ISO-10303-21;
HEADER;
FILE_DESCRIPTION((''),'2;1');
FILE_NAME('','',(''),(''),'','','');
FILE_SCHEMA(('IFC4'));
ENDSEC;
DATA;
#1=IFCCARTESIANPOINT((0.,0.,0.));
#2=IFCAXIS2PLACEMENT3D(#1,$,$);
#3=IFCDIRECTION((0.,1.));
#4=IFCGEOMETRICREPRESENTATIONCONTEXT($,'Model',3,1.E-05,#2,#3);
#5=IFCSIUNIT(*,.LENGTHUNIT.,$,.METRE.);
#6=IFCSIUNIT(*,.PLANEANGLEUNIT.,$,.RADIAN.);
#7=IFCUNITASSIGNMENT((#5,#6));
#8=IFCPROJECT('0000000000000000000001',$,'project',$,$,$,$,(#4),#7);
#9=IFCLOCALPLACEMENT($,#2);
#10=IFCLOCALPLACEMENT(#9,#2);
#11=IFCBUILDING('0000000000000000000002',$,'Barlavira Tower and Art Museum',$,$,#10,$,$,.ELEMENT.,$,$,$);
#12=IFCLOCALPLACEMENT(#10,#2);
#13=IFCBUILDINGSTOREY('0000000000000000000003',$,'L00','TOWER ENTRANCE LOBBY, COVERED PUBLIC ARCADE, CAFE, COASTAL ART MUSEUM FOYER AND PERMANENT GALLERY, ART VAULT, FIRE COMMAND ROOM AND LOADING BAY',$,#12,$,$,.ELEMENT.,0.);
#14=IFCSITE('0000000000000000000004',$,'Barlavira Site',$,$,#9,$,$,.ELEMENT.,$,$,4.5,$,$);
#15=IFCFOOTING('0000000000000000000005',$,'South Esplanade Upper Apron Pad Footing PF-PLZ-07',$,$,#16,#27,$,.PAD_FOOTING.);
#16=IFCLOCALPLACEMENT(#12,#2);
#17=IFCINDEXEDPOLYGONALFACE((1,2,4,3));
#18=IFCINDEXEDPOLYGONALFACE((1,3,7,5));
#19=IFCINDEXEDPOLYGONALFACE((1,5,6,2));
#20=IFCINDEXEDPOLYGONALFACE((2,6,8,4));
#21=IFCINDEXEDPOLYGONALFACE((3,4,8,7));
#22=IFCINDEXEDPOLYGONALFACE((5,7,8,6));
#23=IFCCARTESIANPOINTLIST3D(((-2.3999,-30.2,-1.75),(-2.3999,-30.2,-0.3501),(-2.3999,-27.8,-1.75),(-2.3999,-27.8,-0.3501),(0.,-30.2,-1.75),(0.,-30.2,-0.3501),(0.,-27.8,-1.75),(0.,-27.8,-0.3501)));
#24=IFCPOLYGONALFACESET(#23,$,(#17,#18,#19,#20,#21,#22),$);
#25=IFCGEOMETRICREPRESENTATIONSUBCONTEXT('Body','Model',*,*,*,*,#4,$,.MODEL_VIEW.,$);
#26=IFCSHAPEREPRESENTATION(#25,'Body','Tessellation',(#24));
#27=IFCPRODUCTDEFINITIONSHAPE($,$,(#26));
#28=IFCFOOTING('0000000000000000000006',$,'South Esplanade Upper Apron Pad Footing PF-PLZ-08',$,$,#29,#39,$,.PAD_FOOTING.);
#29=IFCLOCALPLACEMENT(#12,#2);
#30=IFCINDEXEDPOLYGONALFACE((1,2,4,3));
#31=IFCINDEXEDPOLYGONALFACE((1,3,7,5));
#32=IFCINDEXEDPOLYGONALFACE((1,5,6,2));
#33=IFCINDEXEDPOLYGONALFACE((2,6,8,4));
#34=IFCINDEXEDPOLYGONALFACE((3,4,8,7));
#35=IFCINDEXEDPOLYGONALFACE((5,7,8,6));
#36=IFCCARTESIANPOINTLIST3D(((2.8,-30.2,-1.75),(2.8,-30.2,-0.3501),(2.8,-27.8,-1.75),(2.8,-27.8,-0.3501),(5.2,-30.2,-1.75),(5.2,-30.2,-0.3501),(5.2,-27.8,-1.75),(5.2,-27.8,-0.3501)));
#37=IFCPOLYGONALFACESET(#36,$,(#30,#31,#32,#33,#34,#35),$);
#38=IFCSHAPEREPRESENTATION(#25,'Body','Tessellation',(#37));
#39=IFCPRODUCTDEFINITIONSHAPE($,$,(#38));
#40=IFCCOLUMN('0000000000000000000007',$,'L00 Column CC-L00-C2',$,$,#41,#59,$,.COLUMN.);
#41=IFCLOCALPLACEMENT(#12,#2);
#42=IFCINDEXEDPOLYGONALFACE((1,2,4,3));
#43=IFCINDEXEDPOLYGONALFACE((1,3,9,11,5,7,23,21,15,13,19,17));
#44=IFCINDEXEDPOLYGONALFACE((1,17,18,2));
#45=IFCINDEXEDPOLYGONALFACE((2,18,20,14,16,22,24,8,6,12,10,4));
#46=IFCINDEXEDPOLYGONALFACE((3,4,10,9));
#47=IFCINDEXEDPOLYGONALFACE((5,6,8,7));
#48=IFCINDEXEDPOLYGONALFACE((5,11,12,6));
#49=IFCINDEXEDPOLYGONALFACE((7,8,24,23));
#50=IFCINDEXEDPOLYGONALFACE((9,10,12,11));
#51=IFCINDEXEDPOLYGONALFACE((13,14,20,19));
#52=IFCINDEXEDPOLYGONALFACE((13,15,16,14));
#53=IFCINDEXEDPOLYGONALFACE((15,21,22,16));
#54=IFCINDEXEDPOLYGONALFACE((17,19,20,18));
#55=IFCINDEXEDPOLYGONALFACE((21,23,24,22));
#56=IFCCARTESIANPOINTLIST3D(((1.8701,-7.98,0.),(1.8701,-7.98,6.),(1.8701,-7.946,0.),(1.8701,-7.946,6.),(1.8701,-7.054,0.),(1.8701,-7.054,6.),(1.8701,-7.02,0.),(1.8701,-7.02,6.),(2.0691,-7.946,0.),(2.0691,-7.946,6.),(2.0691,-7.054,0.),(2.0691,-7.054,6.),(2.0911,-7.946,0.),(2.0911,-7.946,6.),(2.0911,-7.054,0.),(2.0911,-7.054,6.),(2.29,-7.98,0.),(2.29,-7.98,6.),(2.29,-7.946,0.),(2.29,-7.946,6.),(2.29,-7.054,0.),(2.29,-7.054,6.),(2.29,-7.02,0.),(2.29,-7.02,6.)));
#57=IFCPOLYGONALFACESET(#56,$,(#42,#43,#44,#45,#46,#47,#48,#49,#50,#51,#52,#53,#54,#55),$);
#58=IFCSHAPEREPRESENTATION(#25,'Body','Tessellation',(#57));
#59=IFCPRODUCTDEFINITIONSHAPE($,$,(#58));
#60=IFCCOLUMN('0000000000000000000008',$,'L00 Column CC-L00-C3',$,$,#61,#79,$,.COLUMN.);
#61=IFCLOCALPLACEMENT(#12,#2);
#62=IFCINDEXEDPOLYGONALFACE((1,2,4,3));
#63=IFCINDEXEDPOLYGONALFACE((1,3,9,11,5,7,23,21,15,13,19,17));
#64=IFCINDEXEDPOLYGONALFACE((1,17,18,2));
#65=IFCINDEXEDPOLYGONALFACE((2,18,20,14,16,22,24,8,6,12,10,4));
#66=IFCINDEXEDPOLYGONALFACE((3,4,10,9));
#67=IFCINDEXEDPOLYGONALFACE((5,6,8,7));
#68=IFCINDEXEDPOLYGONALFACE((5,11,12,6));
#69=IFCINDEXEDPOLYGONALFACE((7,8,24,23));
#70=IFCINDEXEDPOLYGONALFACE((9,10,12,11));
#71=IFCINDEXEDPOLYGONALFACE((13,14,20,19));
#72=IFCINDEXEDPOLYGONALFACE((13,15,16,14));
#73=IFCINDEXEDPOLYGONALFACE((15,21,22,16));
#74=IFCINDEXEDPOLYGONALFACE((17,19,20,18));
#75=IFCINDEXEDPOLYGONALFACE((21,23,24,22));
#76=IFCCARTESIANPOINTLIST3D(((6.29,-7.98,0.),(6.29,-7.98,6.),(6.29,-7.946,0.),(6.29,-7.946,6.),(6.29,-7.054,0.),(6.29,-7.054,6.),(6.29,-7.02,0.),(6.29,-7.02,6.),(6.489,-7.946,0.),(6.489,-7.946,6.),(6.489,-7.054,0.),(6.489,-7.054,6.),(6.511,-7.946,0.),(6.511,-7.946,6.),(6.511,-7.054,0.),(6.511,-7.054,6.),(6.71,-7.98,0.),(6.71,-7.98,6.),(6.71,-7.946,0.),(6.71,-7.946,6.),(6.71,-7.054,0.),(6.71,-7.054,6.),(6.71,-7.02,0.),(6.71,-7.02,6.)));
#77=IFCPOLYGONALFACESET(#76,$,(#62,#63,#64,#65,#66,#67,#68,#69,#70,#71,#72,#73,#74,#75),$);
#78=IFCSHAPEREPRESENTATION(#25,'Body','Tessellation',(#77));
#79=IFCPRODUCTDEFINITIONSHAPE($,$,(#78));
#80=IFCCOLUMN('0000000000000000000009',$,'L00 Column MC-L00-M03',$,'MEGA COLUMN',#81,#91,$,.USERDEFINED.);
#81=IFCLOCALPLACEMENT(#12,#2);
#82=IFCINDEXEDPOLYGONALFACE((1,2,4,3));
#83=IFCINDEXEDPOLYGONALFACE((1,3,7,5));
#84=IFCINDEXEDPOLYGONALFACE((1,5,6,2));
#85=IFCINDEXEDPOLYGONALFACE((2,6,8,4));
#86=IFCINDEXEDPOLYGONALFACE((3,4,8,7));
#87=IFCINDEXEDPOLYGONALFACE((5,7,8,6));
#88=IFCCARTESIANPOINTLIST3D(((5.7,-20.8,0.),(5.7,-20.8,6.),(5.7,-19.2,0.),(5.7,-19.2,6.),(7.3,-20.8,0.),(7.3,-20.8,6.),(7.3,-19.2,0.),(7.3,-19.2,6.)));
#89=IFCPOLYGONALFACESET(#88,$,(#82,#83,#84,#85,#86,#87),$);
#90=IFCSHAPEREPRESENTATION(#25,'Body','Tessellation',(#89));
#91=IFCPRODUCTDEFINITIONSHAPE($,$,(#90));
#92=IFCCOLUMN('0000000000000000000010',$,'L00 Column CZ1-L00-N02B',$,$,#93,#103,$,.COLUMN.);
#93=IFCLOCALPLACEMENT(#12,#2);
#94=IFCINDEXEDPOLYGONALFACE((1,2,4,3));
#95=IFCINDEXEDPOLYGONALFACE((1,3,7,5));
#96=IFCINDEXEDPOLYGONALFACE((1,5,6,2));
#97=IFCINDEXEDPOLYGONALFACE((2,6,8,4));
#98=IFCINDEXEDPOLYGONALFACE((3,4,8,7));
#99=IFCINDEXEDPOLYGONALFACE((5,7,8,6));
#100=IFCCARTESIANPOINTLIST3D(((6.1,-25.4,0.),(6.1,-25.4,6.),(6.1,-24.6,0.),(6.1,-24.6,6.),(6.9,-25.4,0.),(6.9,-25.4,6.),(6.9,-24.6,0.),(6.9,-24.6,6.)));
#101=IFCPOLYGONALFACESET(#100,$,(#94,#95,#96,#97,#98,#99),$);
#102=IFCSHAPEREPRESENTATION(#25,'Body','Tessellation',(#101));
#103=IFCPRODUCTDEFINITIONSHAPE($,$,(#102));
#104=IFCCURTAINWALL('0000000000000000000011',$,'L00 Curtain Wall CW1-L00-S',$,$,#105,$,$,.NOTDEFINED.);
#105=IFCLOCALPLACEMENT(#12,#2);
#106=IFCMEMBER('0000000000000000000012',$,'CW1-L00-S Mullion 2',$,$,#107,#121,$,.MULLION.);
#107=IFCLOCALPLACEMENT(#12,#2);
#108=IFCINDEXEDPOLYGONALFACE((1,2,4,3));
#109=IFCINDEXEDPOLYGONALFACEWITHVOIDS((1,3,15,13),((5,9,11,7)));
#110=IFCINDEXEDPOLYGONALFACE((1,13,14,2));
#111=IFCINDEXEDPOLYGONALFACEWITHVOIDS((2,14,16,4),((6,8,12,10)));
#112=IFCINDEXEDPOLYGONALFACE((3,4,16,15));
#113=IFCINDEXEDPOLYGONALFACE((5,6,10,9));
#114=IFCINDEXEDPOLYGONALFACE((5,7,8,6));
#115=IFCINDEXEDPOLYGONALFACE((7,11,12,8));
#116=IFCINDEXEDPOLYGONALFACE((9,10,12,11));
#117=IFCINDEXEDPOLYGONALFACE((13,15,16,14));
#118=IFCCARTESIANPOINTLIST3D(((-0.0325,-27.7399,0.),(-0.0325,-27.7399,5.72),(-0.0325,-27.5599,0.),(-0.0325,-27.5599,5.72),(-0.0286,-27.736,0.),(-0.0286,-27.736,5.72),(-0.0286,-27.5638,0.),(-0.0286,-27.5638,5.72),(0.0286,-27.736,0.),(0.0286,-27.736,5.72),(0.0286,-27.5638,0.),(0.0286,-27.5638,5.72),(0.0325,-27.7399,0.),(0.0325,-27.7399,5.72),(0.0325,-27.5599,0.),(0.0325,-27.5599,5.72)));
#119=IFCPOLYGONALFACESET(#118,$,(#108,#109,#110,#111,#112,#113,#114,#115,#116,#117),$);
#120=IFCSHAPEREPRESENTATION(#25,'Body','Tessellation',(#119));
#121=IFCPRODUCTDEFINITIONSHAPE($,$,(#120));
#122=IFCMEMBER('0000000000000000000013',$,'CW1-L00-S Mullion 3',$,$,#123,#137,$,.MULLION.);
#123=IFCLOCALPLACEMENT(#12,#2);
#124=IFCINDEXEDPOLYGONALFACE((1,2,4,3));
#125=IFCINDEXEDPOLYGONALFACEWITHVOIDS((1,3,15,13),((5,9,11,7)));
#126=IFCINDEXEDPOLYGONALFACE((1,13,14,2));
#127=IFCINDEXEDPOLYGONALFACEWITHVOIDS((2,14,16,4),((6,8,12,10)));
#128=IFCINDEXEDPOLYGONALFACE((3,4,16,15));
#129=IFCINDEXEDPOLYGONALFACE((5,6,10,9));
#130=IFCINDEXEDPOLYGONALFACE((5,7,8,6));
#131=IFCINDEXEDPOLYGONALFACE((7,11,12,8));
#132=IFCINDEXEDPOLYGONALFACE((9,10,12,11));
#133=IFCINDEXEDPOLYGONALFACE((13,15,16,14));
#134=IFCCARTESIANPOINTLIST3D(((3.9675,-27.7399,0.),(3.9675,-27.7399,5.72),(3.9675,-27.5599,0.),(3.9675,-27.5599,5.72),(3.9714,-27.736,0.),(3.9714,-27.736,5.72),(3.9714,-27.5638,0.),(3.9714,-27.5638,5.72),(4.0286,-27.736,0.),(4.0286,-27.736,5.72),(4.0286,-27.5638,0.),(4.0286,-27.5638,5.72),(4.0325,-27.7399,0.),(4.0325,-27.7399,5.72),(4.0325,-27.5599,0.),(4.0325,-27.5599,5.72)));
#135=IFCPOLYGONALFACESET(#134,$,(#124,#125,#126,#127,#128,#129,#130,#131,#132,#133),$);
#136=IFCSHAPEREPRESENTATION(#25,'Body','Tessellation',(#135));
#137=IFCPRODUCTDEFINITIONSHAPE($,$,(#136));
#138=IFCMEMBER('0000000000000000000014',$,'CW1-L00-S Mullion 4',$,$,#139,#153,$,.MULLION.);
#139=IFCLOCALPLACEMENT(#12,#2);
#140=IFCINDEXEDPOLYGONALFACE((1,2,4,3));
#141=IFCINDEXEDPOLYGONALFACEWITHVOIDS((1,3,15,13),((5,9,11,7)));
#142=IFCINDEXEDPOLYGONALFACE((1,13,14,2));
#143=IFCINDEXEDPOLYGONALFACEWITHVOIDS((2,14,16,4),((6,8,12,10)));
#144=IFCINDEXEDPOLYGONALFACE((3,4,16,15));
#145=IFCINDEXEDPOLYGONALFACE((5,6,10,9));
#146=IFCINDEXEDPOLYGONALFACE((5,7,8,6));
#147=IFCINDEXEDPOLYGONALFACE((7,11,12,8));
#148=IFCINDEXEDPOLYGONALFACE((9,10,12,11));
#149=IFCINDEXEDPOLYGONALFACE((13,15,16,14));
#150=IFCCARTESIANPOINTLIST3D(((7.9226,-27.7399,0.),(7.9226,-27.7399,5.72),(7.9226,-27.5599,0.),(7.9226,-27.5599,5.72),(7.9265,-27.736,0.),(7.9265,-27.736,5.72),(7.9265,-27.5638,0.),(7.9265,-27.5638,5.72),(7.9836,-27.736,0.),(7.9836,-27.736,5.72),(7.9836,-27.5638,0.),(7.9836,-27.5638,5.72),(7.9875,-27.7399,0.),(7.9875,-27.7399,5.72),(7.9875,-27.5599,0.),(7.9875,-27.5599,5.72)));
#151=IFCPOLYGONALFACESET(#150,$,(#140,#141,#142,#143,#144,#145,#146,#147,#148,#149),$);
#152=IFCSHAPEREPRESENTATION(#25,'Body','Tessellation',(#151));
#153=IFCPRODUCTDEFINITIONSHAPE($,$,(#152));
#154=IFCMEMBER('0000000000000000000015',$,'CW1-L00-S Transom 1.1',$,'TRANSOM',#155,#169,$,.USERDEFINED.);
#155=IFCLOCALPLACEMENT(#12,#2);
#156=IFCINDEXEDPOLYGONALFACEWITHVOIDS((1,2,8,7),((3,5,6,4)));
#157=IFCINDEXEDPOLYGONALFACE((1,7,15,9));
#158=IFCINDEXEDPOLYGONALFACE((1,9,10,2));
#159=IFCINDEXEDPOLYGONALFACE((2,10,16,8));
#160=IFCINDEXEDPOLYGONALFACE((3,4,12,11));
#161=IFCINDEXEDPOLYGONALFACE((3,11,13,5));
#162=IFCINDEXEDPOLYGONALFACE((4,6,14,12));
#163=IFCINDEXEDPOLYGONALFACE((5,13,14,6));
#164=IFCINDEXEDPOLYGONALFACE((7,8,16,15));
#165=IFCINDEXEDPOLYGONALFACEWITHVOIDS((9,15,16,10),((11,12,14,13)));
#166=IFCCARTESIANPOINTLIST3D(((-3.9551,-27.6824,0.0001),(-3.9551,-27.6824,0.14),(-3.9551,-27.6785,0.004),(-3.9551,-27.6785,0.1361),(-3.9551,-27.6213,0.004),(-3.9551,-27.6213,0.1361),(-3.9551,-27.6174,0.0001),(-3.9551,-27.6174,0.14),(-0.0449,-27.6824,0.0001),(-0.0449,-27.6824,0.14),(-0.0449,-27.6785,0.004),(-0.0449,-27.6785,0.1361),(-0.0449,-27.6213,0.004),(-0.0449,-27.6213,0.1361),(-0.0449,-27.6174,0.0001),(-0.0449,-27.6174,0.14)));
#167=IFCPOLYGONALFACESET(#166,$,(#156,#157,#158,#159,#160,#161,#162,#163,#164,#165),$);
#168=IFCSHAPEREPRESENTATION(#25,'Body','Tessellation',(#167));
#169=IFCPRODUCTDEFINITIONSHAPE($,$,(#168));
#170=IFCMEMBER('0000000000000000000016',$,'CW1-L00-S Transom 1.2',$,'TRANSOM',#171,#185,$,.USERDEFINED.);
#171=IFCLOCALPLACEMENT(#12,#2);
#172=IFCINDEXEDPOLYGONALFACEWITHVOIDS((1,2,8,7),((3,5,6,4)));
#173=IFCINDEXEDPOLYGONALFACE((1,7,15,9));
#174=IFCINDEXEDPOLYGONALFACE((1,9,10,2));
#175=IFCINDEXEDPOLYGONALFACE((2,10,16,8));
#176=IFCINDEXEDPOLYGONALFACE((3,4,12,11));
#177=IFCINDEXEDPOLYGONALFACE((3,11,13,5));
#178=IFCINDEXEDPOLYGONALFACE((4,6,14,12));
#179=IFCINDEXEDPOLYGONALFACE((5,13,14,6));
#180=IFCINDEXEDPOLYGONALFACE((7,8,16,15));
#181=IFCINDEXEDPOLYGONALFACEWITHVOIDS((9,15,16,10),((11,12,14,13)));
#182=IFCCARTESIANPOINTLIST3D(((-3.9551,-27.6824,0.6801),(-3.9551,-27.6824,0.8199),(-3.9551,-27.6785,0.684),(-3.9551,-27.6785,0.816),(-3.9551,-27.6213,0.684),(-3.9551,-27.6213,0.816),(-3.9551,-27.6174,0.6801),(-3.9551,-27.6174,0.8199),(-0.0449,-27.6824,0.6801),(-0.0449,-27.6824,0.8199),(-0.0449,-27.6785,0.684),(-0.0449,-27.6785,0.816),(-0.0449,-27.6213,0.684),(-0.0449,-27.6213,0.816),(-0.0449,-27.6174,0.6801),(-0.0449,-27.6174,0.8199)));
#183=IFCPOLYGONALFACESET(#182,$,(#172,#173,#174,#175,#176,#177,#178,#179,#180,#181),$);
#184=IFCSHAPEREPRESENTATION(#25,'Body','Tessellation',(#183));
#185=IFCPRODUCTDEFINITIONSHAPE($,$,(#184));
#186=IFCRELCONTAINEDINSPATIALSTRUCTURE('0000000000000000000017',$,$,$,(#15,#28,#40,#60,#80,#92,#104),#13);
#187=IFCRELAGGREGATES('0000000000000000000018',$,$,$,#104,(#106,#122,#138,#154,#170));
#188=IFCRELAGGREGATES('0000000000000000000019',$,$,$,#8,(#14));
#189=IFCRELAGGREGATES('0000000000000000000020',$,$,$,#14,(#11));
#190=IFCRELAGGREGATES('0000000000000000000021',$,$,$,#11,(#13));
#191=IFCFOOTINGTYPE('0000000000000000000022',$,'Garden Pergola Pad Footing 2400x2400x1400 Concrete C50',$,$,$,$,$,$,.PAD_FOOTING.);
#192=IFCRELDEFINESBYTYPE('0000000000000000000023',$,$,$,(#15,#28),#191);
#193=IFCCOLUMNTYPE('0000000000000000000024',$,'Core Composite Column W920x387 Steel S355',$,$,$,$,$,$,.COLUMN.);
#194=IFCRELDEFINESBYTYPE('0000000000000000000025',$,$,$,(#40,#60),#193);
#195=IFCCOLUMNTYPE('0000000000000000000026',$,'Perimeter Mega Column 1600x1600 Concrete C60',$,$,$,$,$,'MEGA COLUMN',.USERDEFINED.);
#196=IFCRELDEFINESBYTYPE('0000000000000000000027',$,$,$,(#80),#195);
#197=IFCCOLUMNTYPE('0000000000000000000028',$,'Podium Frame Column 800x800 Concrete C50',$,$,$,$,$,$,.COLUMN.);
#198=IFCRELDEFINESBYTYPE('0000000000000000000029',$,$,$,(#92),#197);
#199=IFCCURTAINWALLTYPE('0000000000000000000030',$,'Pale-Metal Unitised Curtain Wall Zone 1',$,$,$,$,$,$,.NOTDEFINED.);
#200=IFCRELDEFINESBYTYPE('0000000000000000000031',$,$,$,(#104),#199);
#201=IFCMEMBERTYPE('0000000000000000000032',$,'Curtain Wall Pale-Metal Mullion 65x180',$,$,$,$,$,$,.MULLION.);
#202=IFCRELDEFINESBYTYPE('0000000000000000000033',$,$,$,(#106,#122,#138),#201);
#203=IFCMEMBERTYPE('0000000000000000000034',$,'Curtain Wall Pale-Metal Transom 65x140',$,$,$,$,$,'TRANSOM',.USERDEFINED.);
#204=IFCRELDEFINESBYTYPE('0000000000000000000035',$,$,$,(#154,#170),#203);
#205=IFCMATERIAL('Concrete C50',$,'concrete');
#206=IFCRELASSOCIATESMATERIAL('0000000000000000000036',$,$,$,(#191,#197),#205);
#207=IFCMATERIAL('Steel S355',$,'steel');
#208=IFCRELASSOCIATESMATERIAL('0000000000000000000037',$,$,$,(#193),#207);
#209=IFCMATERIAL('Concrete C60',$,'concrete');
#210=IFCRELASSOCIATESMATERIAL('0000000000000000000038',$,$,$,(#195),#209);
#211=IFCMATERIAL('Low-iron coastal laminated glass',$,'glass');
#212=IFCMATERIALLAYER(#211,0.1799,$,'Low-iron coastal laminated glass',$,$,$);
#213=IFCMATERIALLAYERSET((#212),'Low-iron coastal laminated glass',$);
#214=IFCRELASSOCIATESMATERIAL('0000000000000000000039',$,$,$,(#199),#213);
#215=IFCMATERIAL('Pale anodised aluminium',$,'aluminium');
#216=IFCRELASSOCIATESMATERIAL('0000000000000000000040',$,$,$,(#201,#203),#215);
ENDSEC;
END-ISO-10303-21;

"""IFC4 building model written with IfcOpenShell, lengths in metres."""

from ifc_helpers import new_model, si_unit, direction, frame, origin, origin_2d, place, context, subcontext, project, spatial, rectangle, hollow_rectangle, i_section, extrude, material, layer, layer_set, material_profile, profile_set, type_object, element, aggregate, save


model = new_model("IFC4")

# Units and contexts
model_context = context("Model", 3, precision=1e-05, world=origin(), true_north=direction((0.0, 1.0)))
body_context = subcontext(model_context, "Body", "Model", "MODEL_VIEW")
ifc_project = project(units=[si_unit("LENGTHUNIT", "METRE"), si_unit("PLANEANGLEUNIT", "RADIAN")], contexts=[model_context])

# Site, building, storey
site_placement = place(None, origin())
site = spatial("IfcSite", under=ifc_project, at=site_placement, Name="Barlavira Site", CompositionType="ELEMENT", RefElevation=4.5)
building_placement = place(site_placement, origin())
building = spatial("IfcBuilding", under=site, at=building_placement, Name="Barlavira Tower and Art Museum", CompositionType="ELEMENT")
storey_placement = place(building_placement, origin())
storey = spatial("IfcBuildingStorey", under=building, at=storey_placement, Name="L00", Description="TOWER ENTRANCE LOBBY, COVERED PUBLIC ARCADE, CAFE, COASTAL ART MUSEUM FOYER AND PERMANENT GALLERY, ART VAULT, FIRE COMMAND ROOM AND LOADING BAY", CompositionType="ELEMENT", Elevation=0.0)

# Footings
ifc_material_1 = material(Name="Concrete C50", Category="concrete")
footing_type = type_object("IfcFootingType", Name="Garden Pergola Pad Footing 2400x2400x1400 Concrete C50", PredefinedType="PAD_FOOTING", material=ifc_material_1)
for number, where, z_axis, x_axis, name in (
    (1, (-1.2, -29.0, -1.75), (0.0, 0.0, 1.0), (1.0, 0.0, 0.0), "South Esplanade Upper Apron Pad Footing PF-PLZ-07"),
    (2, (4.0, -29.0, -1.75), (0.0, 0.0, 1.0), (1.0, 0.0, 0.0), "South Esplanade Upper Apron Pad Footing PF-PLZ-08"),
):
    element("IfcFooting", number, at=place(storey_placement, frame(where, z_axis=z_axis, x_axis=x_axis)), inside=storey, type_object=footing_type, Name=name, PredefinedType="PAD_FOOTING", context=body_context, shape_type="SweptSolid", body=[
        extrude(rectangle(XDim=2.3999, YDim=2.3999, at=origin_2d()), origin(), (0.0, 0.0, 1.0), 1.3999),
    ])

# Columns
ifc_material_2 = material(Name="Steel S355", Category="steel")
ifc_material_profile_1 = material_profile(ifc_material_2, i_section(OverallWidth=0.4199, OverallDepth=0.96, WebThickness=0.022, FlangeThickness=0.0339, at=origin_2d()), Name="W920x387.0")
ifc_profile_set_1 = profile_set([ifc_material_profile_1], Name="Steel S355")
column_type_1 = type_object("IfcColumnType", Name="Core Composite Column W920x387 Steel S355", PredefinedType="COLUMN", material=ifc_profile_set_1)
for number, where, z_axis, x_axis, name in (
    (3, (2.0801, -7.5, 0.0), (0.0, 0.0, 1.0), (1.0, 0.0, 0.0), "L00 Column CC-L00-C2"),
    (4, (6.5, -7.5, 0.0), (0.0, 0.0, 1.0), (1.0, 0.0, 0.0), "L00 Column CC-L00-C3"),
):
    element("IfcColumn", number, at=place(storey_placement, frame(where, z_axis=z_axis, x_axis=x_axis)), inside=storey, type_object=column_type_1, Name=name, PredefinedType="COLUMN", context=body_context, shape_type="SweptSolid", body=[
        extrude(i_section(OverallWidth=0.4199, OverallDepth=0.96, WebThickness=0.022, FlangeThickness=0.0339, at=origin_2d()), origin(), (0.0, 0.0, 1.0), 6.0),
    ])
ifc_material_3 = material(Name="Concrete C60", Category="concrete")
ifc_material_profile_2 = material_profile(ifc_material_3, rectangle(XDim=1.6001, YDim=1.6001, at=origin_2d()), Name="RC-MCOL 1600x1600")
ifc_profile_set_2 = profile_set([ifc_material_profile_2], Name="Concrete C60")
column_type_2 = type_object("IfcColumnType", Name="Perimeter Mega Column 1600x1600 Concrete C60", ElementType="MEGA COLUMN", PredefinedType="USERDEFINED", material=ifc_profile_set_2)
column_1_placement = place(storey_placement, frame((6.5, -20.0, 0.0), z_axis=(0.0, 0.0, 1.0), x_axis=(1.0, 0.0, 0.0)))
element("IfcColumn", 5, at=column_1_placement, inside=storey, type_object=column_type_2, Name="L00 Column MC-L00-M03", ObjectType="MEGA COLUMN", PredefinedType="USERDEFINED", context=body_context, shape_type="SweptSolid", body=[
    extrude(rectangle(XDim=1.6001, YDim=1.6001, at=origin_2d()), origin(), (0.0, 0.0, 1.0), 6.0),
])
ifc_material_profile_3 = material_profile(ifc_material_1, rectangle(XDim=0.8, YDim=0.8, at=origin_2d()), Name="RC-COL 800x800")
ifc_profile_set_3 = profile_set([ifc_material_profile_3], Name="Concrete C50")
column_type_3 = type_object("IfcColumnType", Name="Podium Frame Column 800x800 Concrete C50", PredefinedType="COLUMN", material=ifc_profile_set_3)
column_2_placement = place(storey_placement, frame((6.5, -25.0, 0.0), z_axis=(0.0, 0.0, 1.0), x_axis=(1.0, 0.0, 0.0)))
element("IfcColumn", 6, at=column_2_placement, inside=storey, type_object=column_type_3, Name="L00 Column CZ1-L00-N02B", PredefinedType="COLUMN", context=body_context, shape_type="SweptSolid", body=[
    extrude(rectangle(XDim=0.8, YDim=0.8, at=origin_2d()), origin(), (0.0, 0.0, 1.0), 6.0),
])

# Curtain wall, members
ifc_material_4 = material(Name="Low-iron coastal laminated glass", Category="glass")
ifc_layer_1 = layer(ifc_material_4, 0.1799, Name="Low-iron coastal laminated glass")
ifc_layer_set_1 = layer_set([ifc_layer_1], Name="Low-iron coastal laminated glass")
curtain_wall_type = type_object("IfcCurtainWallType", Name="Pale-Metal Unitised Curtain Wall Zone 1", PredefinedType="NOTDEFINED", material=ifc_layer_set_1)
curtain_wall_placement = place(storey_placement, origin())
curtain_wall = element("IfcCurtainWall", 7, at=curtain_wall_placement, inside=storey, type_object=curtain_wall_type, Name="L00 Curtain Wall CW1-L00-S", PredefinedType="NOTDEFINED")
ifc_material_5 = material(Name="Pale anodised aluminium", Category="aluminium")
ifc_material_profile_4 = material_profile(ifc_material_5, hollow_rectangle(XDim=0.0649, YDim=0.1799, WallThickness=0.0039, at=origin_2d()), Name="ALU-MULL 65x180x4")
ifc_profile_set_4 = profile_set([ifc_material_profile_4], Name="Pale anodised aluminium")
member_type_1 = type_object("IfcMemberType", Name="Curtain Wall Pale-Metal Mullion 65x180", PredefinedType="MULLION", material=ifc_profile_set_4)
member_1_placement = place(storey_placement, frame((0.0, -27.6499, 0.0), z_axis=(0.0, 0.0, 1.0), x_axis=(1.0, 0.0, 0.0)))
member_1 = element("IfcMember", 8, at=member_1_placement, type_object=member_type_1, Name="CW1-L00-S Mullion 2", PredefinedType="MULLION", context=body_context, shape_type="SweptSolid", body=[
    extrude(hollow_rectangle(XDim=0.0649, YDim=0.1799, WallThickness=0.0039, at=origin_2d()), origin(), (0.0, 0.0, 1.0), 5.72),
])
member_2_placement = place(storey_placement, frame((4.0, -27.6499, 0.0), z_axis=(0.0, 0.0, 1.0), x_axis=(1.0, 0.0, 0.0)))
member_2 = element("IfcMember", 9, at=member_2_placement, type_object=member_type_1, Name="CW1-L00-S Mullion 3", PredefinedType="MULLION", context=body_context, shape_type="SweptSolid", body=[
    extrude(hollow_rectangle(XDim=0.0649, YDim=0.1799, WallThickness=0.0039, at=origin_2d()), origin(), (0.0, 0.0, 1.0), 5.72),
])
member_3_placement = place(storey_placement, frame((7.9551, -27.6499, 0.0), z_axis=(0.0, 0.0, 1.0), x_axis=(1.0, 0.0, 0.0)))
member_3 = element("IfcMember", 10, at=member_3_placement, type_object=member_type_1, Name="CW1-L00-S Mullion 4", PredefinedType="MULLION", context=body_context, shape_type="SweptSolid", body=[
    extrude(hollow_rectangle(XDim=0.0649, YDim=0.1799, WallThickness=0.0039, at=origin_2d()), origin(), (0.0, 0.0, 1.0), 5.72),
])
ifc_material_profile_5 = material_profile(ifc_material_5, hollow_rectangle(XDim=0.0649, YDim=0.1399, WallThickness=0.0039, at=origin_2d()), Name="ALU-TRAN 65x140x4")
ifc_profile_set_5 = profile_set([ifc_material_profile_5], Name="Pale anodised aluminium")
member_type_2 = type_object("IfcMemberType", Name="Curtain Wall Pale-Metal Transom 65x140", ElementType="TRANSOM", PredefinedType="USERDEFINED", material=ifc_profile_set_5)
member_4_placement = place(storey_placement, frame((-3.9551, -27.6499, 0.0701), z_axis=(1.0, 0.0, 0.0), x_axis=(0.0, 1.0, 0.0)))
member_4 = element("IfcMember", 11, at=member_4_placement, type_object=member_type_2, Name="CW1-L00-S Transom 1.1", ObjectType="TRANSOM", PredefinedType="USERDEFINED", context=body_context, shape_type="SweptSolid", body=[
    extrude(hollow_rectangle(XDim=0.0649, YDim=0.1399, WallThickness=0.0039, at=origin_2d()), origin(), (0.0, 0.0, 1.0), 3.9102),
])
member_5_placement = place(storey_placement, frame((-3.9551, -27.6499, 0.75), z_axis=(1.0, 0.0, 0.0), x_axis=(0.0, 1.0, 0.0)))
member_5 = element("IfcMember", 12, at=member_5_placement, type_object=member_type_2, Name="CW1-L00-S Transom 1.2", ObjectType="TRANSOM", PredefinedType="USERDEFINED", context=body_context, shape_type="SweptSolid", body=[
    extrude(hollow_rectangle(XDim=0.0649, YDim=0.1399, WallThickness=0.0039, at=origin_2d()), origin(), (0.0, 0.0, 1.0), 3.9102),
])

aggregate(curtain_wall, [member_1, member_2, member_3, member_4, member_5])

save(model, "model.ifc")
